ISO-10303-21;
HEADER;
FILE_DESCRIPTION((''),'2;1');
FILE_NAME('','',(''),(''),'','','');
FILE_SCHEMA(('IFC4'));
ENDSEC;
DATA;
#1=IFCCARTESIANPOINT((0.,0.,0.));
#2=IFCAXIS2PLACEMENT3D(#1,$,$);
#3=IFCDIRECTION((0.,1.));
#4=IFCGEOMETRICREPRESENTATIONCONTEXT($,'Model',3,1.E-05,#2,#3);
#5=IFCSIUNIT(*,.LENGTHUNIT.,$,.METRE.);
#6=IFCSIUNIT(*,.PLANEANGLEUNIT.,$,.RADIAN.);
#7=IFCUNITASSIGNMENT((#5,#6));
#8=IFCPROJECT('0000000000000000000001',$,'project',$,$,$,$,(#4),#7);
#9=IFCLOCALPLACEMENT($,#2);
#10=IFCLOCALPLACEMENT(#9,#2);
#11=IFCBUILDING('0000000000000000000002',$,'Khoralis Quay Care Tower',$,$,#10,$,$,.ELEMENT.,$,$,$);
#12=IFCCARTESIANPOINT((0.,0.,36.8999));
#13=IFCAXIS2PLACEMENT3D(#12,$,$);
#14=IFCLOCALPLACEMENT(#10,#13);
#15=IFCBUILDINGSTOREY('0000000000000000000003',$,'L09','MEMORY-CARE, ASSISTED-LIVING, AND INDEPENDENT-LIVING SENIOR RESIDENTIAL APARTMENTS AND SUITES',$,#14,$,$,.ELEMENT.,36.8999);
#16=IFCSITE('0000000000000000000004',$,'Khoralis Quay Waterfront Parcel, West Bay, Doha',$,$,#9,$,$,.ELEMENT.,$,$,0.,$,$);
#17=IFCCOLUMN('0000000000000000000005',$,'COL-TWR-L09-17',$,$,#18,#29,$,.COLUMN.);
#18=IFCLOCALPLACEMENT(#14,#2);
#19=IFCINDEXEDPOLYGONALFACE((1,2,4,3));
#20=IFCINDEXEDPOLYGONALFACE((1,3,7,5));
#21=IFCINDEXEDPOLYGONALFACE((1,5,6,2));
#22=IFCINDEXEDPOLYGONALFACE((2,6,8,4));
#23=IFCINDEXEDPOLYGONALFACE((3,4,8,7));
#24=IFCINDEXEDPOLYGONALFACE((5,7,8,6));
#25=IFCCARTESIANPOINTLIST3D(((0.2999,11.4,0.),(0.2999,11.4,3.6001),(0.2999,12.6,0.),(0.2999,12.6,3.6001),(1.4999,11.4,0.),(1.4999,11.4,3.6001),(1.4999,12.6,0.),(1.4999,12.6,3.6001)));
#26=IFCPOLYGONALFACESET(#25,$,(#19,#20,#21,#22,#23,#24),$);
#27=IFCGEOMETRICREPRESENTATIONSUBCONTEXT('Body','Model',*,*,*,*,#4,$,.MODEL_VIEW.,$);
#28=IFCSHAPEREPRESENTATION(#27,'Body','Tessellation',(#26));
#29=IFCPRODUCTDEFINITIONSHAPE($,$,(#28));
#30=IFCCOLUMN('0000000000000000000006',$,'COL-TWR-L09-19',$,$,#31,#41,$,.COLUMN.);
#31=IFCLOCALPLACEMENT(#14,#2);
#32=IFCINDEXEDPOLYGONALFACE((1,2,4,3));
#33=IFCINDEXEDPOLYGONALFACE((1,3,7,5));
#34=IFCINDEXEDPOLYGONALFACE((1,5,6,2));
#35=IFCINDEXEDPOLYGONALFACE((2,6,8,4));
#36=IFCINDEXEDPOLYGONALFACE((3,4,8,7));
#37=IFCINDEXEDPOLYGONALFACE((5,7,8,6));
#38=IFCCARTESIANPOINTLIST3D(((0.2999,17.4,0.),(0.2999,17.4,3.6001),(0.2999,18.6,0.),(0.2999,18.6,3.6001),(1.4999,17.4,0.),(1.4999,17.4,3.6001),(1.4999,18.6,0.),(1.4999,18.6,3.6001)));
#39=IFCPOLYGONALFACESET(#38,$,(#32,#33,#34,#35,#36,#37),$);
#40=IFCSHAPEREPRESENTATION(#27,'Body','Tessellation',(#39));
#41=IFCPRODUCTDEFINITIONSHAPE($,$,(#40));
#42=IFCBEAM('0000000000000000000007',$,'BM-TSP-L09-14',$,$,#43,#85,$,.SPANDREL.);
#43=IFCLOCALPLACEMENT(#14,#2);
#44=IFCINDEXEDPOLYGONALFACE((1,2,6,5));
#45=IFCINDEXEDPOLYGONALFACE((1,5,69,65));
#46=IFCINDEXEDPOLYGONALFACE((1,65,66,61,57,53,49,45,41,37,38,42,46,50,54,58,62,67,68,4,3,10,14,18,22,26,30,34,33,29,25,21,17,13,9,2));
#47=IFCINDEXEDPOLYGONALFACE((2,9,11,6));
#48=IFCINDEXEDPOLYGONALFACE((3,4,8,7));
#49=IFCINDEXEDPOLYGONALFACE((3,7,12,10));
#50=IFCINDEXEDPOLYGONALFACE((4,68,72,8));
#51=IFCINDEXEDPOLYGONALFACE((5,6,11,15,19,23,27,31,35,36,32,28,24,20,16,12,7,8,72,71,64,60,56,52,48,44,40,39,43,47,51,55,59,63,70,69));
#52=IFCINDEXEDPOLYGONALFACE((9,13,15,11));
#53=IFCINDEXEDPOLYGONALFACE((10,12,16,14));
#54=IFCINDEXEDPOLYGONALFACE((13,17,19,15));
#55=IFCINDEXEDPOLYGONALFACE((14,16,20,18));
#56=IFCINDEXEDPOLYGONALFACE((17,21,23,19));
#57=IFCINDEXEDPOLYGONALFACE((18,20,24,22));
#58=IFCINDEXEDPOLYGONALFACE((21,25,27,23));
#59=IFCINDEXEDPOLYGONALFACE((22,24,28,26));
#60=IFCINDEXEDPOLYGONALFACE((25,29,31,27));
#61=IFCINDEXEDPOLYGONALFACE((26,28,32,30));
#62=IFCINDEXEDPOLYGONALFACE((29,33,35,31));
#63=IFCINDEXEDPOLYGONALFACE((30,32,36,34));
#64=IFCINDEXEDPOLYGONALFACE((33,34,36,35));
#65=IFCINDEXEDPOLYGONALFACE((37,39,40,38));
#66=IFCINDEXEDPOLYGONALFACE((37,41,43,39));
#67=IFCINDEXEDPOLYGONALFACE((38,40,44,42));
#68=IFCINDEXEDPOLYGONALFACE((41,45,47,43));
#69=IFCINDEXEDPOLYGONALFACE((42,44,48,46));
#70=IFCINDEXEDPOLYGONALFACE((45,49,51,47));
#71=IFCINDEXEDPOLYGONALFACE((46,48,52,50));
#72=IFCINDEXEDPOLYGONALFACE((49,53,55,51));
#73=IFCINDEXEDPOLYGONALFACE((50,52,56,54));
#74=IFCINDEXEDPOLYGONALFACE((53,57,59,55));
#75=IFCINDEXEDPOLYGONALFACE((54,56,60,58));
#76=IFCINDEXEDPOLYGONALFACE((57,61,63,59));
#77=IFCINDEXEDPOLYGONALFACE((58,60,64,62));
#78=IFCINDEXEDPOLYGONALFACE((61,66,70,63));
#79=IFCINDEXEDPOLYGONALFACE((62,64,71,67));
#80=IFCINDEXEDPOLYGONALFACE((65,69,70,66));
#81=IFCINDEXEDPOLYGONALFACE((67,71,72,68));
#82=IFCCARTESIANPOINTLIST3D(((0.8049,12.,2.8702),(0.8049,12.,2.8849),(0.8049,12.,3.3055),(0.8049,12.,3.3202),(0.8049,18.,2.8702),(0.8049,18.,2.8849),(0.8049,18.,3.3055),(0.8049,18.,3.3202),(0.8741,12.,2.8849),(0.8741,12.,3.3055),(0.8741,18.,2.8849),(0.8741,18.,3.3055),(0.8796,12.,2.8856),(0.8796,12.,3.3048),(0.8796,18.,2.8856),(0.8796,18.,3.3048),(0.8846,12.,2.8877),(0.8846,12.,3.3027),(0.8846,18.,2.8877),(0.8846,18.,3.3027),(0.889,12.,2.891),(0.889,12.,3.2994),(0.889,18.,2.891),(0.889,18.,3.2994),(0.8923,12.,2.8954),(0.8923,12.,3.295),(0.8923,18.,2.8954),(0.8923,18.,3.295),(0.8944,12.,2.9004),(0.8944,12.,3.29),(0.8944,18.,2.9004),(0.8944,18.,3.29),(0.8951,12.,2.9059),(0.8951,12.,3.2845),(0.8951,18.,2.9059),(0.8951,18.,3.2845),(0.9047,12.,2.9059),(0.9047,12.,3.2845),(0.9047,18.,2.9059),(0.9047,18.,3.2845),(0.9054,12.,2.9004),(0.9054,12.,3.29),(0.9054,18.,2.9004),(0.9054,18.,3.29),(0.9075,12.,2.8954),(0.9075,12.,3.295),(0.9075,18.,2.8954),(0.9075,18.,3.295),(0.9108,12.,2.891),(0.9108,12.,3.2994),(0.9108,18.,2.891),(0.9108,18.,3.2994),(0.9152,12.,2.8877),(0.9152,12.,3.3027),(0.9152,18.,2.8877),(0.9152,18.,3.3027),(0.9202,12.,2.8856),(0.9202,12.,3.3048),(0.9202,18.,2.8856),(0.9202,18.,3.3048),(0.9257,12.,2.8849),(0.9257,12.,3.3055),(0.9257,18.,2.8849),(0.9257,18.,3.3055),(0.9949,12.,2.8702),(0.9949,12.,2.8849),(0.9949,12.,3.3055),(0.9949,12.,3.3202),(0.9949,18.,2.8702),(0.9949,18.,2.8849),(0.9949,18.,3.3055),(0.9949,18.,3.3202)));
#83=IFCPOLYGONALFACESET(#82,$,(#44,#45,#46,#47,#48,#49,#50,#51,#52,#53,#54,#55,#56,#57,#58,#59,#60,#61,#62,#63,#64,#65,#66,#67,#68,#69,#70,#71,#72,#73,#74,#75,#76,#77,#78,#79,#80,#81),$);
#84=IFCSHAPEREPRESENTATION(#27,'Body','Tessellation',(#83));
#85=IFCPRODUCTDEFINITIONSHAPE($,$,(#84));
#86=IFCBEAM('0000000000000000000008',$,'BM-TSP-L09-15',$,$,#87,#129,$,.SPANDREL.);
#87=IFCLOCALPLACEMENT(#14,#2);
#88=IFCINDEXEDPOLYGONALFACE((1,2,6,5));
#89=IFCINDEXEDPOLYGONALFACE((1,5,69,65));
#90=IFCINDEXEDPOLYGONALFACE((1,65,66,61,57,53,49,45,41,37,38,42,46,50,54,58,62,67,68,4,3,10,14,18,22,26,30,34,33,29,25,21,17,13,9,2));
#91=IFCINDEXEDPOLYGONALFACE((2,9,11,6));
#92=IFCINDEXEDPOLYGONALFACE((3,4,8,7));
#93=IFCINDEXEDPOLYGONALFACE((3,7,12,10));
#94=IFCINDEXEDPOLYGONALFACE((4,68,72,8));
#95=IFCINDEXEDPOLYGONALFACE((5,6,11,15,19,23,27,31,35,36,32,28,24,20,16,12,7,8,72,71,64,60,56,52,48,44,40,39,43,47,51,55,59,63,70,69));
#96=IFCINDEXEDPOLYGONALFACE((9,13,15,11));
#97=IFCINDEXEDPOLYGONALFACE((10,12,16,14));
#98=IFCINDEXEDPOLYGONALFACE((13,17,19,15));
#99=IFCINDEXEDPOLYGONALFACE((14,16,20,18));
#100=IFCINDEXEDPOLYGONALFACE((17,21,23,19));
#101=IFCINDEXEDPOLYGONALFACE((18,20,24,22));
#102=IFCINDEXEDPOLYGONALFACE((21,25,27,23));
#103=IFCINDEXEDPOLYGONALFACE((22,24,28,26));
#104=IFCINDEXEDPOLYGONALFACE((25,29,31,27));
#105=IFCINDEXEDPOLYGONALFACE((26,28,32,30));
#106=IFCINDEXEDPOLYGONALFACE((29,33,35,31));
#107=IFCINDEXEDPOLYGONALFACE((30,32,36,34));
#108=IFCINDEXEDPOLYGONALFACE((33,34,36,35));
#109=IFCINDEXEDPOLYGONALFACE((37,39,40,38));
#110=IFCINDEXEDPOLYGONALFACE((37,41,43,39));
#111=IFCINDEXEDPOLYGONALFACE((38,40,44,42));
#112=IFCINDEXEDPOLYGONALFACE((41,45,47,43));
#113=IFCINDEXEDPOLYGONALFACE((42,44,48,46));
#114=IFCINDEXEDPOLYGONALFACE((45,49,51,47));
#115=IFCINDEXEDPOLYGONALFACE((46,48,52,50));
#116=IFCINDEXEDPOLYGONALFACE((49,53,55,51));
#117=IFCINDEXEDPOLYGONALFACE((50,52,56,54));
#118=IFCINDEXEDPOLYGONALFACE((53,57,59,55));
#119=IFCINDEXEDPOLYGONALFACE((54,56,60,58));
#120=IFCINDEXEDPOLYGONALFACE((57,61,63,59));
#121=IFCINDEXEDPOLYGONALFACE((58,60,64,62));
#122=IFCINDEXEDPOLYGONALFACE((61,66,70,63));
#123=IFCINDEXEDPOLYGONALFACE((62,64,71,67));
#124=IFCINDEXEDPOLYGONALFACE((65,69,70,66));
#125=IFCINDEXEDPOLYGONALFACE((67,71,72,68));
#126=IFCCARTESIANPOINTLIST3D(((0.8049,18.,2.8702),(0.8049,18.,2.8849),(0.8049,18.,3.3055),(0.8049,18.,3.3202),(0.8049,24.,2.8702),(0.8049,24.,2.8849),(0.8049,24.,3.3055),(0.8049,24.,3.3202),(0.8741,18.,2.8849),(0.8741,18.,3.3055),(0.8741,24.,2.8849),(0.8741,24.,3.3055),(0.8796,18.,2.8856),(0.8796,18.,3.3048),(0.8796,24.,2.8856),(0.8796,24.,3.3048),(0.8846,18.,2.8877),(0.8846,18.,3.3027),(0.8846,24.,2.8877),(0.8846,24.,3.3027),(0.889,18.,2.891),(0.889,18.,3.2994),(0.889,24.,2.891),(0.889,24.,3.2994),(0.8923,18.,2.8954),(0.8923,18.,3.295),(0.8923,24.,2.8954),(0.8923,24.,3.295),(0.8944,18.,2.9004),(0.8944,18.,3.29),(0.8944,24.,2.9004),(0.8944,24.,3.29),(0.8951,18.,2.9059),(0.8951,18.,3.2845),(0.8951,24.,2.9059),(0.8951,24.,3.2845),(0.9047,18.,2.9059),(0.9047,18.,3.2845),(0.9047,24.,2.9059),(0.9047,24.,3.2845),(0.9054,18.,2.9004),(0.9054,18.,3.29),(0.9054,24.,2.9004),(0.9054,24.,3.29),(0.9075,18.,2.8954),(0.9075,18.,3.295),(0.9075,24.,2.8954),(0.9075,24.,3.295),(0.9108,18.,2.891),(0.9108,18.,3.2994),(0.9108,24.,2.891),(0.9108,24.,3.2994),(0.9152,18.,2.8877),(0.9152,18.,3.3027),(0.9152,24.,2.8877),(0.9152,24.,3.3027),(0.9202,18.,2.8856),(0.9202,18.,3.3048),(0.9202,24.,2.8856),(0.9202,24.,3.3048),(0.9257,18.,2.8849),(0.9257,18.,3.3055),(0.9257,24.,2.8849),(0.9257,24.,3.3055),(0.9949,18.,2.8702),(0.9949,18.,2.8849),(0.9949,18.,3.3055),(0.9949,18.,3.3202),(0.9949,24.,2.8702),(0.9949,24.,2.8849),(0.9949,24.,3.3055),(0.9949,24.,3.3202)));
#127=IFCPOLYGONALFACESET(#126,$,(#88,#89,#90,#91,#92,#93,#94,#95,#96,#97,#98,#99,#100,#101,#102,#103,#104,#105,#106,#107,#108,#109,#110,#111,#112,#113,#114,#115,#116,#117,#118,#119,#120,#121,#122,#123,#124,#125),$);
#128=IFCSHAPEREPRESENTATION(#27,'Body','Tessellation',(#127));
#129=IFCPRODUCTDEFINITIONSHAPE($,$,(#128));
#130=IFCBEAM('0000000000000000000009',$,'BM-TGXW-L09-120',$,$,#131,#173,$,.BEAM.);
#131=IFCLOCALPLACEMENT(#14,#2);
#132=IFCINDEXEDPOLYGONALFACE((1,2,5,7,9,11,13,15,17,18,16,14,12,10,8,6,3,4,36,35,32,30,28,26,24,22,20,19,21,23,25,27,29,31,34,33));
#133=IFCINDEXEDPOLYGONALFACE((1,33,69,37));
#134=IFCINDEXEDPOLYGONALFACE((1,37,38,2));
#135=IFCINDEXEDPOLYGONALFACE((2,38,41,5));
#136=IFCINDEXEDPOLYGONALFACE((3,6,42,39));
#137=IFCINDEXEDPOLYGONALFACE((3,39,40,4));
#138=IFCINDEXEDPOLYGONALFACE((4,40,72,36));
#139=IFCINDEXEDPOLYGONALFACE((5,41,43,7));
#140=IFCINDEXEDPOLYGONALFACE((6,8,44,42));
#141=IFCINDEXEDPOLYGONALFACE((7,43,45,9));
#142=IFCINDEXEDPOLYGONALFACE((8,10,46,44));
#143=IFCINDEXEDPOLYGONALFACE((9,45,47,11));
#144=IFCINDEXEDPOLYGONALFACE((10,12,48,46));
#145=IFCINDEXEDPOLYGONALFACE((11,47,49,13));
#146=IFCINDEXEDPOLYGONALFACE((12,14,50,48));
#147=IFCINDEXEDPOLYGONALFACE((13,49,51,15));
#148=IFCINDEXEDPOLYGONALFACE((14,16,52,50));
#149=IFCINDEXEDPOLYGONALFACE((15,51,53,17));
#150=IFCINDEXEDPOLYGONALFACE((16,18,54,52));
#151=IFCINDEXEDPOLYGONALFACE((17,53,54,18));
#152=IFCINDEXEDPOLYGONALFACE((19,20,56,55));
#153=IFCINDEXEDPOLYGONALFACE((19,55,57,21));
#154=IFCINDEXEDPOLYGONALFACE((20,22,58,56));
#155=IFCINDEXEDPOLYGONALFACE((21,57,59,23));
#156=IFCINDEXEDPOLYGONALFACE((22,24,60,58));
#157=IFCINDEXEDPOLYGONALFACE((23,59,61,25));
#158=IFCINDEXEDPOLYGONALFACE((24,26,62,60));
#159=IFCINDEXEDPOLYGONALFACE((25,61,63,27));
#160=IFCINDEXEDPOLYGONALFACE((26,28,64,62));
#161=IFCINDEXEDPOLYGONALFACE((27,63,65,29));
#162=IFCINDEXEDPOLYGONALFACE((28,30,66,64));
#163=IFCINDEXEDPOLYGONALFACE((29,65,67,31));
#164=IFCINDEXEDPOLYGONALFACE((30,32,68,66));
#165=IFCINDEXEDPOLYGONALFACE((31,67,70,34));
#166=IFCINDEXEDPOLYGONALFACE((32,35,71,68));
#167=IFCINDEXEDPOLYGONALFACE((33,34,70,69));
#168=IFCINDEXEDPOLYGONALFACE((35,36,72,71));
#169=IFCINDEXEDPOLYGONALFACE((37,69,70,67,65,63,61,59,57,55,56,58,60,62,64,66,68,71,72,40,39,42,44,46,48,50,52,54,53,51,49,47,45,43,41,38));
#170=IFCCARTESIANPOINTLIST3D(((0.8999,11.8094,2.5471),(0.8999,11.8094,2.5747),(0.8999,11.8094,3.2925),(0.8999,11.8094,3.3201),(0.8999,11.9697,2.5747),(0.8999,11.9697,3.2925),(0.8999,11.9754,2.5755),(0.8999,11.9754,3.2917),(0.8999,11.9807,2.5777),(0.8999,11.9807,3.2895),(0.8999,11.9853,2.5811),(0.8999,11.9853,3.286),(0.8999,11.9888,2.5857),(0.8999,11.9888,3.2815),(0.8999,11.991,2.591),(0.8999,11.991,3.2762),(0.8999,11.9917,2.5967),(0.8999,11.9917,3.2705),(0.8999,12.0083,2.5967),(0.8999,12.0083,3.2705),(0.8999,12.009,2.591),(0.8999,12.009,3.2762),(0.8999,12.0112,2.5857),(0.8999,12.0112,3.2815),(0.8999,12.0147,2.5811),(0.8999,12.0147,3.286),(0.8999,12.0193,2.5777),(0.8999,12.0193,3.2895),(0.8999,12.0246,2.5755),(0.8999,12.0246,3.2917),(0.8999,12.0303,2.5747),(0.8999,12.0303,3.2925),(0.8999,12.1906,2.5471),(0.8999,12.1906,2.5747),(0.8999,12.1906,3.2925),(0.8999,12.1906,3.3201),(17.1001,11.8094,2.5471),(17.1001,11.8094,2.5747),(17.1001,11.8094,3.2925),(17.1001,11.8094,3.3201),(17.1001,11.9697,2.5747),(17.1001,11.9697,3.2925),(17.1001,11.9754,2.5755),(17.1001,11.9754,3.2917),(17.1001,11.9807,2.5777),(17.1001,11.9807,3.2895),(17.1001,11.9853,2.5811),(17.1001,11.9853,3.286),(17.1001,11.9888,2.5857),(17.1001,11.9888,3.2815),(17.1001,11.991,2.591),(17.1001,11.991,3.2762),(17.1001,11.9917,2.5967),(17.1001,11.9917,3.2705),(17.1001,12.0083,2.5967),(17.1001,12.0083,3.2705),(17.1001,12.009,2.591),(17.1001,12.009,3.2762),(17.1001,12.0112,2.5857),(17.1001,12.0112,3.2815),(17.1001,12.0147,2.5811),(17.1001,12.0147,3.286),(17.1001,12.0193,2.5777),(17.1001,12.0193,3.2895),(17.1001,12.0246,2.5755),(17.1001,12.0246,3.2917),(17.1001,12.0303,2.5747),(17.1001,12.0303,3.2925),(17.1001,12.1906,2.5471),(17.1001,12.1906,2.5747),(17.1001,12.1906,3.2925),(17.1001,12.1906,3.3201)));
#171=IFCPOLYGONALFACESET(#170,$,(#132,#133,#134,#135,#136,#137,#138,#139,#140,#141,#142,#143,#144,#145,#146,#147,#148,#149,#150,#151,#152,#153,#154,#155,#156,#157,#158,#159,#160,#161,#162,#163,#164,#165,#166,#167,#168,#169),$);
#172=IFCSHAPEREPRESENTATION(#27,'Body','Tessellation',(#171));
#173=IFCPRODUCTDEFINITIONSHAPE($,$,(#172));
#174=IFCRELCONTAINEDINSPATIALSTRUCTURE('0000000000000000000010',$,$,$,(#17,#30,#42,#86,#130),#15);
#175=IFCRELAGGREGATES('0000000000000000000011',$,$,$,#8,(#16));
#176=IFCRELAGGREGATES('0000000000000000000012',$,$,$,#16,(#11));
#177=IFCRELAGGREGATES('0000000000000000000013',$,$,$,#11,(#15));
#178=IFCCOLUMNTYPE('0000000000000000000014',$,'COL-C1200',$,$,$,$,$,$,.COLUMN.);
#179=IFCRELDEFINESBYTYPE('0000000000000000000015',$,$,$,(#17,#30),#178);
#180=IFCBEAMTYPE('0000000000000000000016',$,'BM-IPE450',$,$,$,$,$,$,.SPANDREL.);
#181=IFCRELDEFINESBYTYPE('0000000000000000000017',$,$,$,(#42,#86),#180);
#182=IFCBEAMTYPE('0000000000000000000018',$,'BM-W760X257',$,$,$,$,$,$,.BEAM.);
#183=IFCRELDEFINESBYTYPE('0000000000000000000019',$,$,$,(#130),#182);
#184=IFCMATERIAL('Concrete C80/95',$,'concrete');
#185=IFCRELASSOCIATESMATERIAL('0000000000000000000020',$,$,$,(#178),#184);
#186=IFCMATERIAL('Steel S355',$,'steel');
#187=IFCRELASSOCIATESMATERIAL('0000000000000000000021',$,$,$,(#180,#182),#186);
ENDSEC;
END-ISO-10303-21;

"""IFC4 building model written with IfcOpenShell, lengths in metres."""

from ifc_helpers import new_model, si_unit, direction, frame, origin, origin_2d, place, context, subcontext, project, spatial, rectangle, i_section, extrude, source, transform, mapped, material, material_profile, profile_set, type_object, element, save


model = new_model("IFC4")

# Units and contexts
model_context = context("Model", 3, precision=1e-05, world=origin(), true_north=direction((0.0, 1.0)))
body_context = subcontext(model_context, "Body", "Model", "MODEL_VIEW")
ifc_project = project(units=[si_unit("LENGTHUNIT", "METRE"), si_unit("PLANEANGLEUNIT", "RADIAN")], contexts=[model_context])

# Site, building, storey
site_placement = place(None, origin())
site = spatial("IfcSite", under=ifc_project, at=site_placement, Name="Khoralis Quay Waterfront Parcel, West Bay, Doha", CompositionType="ELEMENT", RefElevation=0.0)
building_placement = place(site_placement, origin())
building = spatial("IfcBuilding", under=site, at=building_placement, Name="Khoralis Quay Care Tower", CompositionType="ELEMENT")
storey_placement = place(building_placement, frame((0.0, 0.0, 36.8999)))
storey = spatial("IfcBuildingStorey", under=building, at=storey_placement, Name="L09", Description="MEMORY-CARE, ASSISTED-LIVING, AND INDEPENDENT-LIVING SENIOR RESIDENTIAL APARTMENTS AND SUITES", CompositionType="ELEMENT", Elevation=36.8999)

# Columns
ifc_material_1 = material(Name="Concrete C80/95", Category="concrete")
ifc_material_profile_1 = material_profile(ifc_material_1, rectangle(XDim=1.2, YDim=1.2, at=origin_2d()), Name="Concrete C80/95")
ifc_profile_set_1 = profile_set([ifc_material_profile_1], Name="Concrete C80/95")
column_type = type_object("IfcColumnType", Name="COL-C1200", PredefinedType="COLUMN", material=ifc_profile_set_1)
shared_shape_1 = source(origin(), body_context, "Body", "SweptSolid", [
    extrude(rectangle(XDim=1.2, YDim=1.2, at=origin_2d()), origin(), (0.0, 0.0, 1.0), 3.6001),
])
for number, where, z_axis, x_axis, name in (
    (1, (0.8999, 12.0, 0.0), (0.0, 0.0, 1.0), (1.0, 0.0, 0.0), "COL-TWR-L09-17"),
    (2, (0.8999, 18.0, 0.0), (0.0, 0.0, 1.0), (1.0, 0.0, 0.0), "COL-TWR-L09-19"),
):
    element("IfcColumn", number, at=place(storey_placement, frame(where, z_axis=z_axis, x_axis=x_axis)), inside=storey, type_object=column_type, Name=name, PredefinedType="COLUMN", context=body_context, shape_type="MappedRepresentation", body=[
        mapped(shared_shape_1, transform((0.0, 0.0, 0.0), scale=1.0)),
    ])

# Beams
ifc_material_2 = material(Name="Steel S355", Category="steel")
ifc_material_profile_2 = material_profile(ifc_material_2, i_section(OverallWidth=0.1899, OverallDepth=0.45, WebThickness=0.0095, FlangeThickness=0.0146, FilletRadius=0.021, at=origin_2d()), Name="Steel S355")
ifc_profile_set_2 = profile_set([ifc_material_profile_2], Name="Steel S355")
beam_type_1 = type_object("IfcBeamType", Name="BM-IPE450", PredefinedType="SPANDREL", material=ifc_profile_set_2)
shared_shape_2 = source(origin(), body_context, "Body", "SweptSolid", [
    extrude(i_section(OverallWidth=0.1899, OverallDepth=0.45, WebThickness=0.0095, FlangeThickness=0.0146, FilletRadius=0.021, at=origin_2d()), origin(), (0.0, 0.0, 1.0), 6.0),
])
for number, where, z_axis, x_axis, name in (
    (3, (0.8999, 12.0, 3.0952), (0.0, 1.0, 0.0), (-1.0, 0.0, 0.0), "BM-TSP-L09-14"),
    (4, (0.8999, 18.0, 3.0952), (0.0, 1.0, 0.0), (-1.0, 0.0, 0.0), "BM-TSP-L09-15"),
):
    element("IfcBeam", number, at=place(storey_placement, frame(where, z_axis=z_axis, x_axis=x_axis)), inside=storey, type_object=beam_type_1, Name=name, PredefinedType="SPANDREL", context=body_context, shape_type="MappedRepresentation", body=[
        mapped(shared_shape_2, transform((0.0, 0.0, 0.0), scale=1.0)),
    ])
ifc_material_profile_3 = material_profile(ifc_material_2, i_section(OverallWidth=0.3811, OverallDepth=0.7729, WebThickness=0.0166, FlangeThickness=0.0276, FilletRadius=0.022, at=origin_2d()), Name="Steel S355")
ifc_profile_set_3 = profile_set([ifc_material_profile_3], Name="Steel S355")
beam_type_2 = type_object("IfcBeamType", Name="BM-W760X257", PredefinedType="BEAM", material=ifc_profile_set_3)
shared_shape_3 = source(origin(), body_context, "Body", "SweptSolid", [
    extrude(i_section(OverallWidth=0.3811, OverallDepth=0.7729, WebThickness=0.0166, FlangeThickness=0.0276, FilletRadius=0.022, at=origin_2d()), origin(), (0.0, 0.0, 1.0), 16.2002),
])
beam_1_placement = place(storey_placement, frame((0.8999, 12.0, 2.9336), z_axis=(1.0, 0.0, 0.0), x_axis=(0.0, 1.0, 0.0)))
element("IfcBeam", 5, at=beam_1_placement, inside=storey, type_object=beam_type_2, Name="BM-TGXW-L09-120", PredefinedType="BEAM", context=body_context, shape_type="MappedRepresentation", body=[
    mapped(shared_shape_3, transform((0.0, 0.0, 0.0), scale=1.0)),
])

save(model, "model.ifc")
